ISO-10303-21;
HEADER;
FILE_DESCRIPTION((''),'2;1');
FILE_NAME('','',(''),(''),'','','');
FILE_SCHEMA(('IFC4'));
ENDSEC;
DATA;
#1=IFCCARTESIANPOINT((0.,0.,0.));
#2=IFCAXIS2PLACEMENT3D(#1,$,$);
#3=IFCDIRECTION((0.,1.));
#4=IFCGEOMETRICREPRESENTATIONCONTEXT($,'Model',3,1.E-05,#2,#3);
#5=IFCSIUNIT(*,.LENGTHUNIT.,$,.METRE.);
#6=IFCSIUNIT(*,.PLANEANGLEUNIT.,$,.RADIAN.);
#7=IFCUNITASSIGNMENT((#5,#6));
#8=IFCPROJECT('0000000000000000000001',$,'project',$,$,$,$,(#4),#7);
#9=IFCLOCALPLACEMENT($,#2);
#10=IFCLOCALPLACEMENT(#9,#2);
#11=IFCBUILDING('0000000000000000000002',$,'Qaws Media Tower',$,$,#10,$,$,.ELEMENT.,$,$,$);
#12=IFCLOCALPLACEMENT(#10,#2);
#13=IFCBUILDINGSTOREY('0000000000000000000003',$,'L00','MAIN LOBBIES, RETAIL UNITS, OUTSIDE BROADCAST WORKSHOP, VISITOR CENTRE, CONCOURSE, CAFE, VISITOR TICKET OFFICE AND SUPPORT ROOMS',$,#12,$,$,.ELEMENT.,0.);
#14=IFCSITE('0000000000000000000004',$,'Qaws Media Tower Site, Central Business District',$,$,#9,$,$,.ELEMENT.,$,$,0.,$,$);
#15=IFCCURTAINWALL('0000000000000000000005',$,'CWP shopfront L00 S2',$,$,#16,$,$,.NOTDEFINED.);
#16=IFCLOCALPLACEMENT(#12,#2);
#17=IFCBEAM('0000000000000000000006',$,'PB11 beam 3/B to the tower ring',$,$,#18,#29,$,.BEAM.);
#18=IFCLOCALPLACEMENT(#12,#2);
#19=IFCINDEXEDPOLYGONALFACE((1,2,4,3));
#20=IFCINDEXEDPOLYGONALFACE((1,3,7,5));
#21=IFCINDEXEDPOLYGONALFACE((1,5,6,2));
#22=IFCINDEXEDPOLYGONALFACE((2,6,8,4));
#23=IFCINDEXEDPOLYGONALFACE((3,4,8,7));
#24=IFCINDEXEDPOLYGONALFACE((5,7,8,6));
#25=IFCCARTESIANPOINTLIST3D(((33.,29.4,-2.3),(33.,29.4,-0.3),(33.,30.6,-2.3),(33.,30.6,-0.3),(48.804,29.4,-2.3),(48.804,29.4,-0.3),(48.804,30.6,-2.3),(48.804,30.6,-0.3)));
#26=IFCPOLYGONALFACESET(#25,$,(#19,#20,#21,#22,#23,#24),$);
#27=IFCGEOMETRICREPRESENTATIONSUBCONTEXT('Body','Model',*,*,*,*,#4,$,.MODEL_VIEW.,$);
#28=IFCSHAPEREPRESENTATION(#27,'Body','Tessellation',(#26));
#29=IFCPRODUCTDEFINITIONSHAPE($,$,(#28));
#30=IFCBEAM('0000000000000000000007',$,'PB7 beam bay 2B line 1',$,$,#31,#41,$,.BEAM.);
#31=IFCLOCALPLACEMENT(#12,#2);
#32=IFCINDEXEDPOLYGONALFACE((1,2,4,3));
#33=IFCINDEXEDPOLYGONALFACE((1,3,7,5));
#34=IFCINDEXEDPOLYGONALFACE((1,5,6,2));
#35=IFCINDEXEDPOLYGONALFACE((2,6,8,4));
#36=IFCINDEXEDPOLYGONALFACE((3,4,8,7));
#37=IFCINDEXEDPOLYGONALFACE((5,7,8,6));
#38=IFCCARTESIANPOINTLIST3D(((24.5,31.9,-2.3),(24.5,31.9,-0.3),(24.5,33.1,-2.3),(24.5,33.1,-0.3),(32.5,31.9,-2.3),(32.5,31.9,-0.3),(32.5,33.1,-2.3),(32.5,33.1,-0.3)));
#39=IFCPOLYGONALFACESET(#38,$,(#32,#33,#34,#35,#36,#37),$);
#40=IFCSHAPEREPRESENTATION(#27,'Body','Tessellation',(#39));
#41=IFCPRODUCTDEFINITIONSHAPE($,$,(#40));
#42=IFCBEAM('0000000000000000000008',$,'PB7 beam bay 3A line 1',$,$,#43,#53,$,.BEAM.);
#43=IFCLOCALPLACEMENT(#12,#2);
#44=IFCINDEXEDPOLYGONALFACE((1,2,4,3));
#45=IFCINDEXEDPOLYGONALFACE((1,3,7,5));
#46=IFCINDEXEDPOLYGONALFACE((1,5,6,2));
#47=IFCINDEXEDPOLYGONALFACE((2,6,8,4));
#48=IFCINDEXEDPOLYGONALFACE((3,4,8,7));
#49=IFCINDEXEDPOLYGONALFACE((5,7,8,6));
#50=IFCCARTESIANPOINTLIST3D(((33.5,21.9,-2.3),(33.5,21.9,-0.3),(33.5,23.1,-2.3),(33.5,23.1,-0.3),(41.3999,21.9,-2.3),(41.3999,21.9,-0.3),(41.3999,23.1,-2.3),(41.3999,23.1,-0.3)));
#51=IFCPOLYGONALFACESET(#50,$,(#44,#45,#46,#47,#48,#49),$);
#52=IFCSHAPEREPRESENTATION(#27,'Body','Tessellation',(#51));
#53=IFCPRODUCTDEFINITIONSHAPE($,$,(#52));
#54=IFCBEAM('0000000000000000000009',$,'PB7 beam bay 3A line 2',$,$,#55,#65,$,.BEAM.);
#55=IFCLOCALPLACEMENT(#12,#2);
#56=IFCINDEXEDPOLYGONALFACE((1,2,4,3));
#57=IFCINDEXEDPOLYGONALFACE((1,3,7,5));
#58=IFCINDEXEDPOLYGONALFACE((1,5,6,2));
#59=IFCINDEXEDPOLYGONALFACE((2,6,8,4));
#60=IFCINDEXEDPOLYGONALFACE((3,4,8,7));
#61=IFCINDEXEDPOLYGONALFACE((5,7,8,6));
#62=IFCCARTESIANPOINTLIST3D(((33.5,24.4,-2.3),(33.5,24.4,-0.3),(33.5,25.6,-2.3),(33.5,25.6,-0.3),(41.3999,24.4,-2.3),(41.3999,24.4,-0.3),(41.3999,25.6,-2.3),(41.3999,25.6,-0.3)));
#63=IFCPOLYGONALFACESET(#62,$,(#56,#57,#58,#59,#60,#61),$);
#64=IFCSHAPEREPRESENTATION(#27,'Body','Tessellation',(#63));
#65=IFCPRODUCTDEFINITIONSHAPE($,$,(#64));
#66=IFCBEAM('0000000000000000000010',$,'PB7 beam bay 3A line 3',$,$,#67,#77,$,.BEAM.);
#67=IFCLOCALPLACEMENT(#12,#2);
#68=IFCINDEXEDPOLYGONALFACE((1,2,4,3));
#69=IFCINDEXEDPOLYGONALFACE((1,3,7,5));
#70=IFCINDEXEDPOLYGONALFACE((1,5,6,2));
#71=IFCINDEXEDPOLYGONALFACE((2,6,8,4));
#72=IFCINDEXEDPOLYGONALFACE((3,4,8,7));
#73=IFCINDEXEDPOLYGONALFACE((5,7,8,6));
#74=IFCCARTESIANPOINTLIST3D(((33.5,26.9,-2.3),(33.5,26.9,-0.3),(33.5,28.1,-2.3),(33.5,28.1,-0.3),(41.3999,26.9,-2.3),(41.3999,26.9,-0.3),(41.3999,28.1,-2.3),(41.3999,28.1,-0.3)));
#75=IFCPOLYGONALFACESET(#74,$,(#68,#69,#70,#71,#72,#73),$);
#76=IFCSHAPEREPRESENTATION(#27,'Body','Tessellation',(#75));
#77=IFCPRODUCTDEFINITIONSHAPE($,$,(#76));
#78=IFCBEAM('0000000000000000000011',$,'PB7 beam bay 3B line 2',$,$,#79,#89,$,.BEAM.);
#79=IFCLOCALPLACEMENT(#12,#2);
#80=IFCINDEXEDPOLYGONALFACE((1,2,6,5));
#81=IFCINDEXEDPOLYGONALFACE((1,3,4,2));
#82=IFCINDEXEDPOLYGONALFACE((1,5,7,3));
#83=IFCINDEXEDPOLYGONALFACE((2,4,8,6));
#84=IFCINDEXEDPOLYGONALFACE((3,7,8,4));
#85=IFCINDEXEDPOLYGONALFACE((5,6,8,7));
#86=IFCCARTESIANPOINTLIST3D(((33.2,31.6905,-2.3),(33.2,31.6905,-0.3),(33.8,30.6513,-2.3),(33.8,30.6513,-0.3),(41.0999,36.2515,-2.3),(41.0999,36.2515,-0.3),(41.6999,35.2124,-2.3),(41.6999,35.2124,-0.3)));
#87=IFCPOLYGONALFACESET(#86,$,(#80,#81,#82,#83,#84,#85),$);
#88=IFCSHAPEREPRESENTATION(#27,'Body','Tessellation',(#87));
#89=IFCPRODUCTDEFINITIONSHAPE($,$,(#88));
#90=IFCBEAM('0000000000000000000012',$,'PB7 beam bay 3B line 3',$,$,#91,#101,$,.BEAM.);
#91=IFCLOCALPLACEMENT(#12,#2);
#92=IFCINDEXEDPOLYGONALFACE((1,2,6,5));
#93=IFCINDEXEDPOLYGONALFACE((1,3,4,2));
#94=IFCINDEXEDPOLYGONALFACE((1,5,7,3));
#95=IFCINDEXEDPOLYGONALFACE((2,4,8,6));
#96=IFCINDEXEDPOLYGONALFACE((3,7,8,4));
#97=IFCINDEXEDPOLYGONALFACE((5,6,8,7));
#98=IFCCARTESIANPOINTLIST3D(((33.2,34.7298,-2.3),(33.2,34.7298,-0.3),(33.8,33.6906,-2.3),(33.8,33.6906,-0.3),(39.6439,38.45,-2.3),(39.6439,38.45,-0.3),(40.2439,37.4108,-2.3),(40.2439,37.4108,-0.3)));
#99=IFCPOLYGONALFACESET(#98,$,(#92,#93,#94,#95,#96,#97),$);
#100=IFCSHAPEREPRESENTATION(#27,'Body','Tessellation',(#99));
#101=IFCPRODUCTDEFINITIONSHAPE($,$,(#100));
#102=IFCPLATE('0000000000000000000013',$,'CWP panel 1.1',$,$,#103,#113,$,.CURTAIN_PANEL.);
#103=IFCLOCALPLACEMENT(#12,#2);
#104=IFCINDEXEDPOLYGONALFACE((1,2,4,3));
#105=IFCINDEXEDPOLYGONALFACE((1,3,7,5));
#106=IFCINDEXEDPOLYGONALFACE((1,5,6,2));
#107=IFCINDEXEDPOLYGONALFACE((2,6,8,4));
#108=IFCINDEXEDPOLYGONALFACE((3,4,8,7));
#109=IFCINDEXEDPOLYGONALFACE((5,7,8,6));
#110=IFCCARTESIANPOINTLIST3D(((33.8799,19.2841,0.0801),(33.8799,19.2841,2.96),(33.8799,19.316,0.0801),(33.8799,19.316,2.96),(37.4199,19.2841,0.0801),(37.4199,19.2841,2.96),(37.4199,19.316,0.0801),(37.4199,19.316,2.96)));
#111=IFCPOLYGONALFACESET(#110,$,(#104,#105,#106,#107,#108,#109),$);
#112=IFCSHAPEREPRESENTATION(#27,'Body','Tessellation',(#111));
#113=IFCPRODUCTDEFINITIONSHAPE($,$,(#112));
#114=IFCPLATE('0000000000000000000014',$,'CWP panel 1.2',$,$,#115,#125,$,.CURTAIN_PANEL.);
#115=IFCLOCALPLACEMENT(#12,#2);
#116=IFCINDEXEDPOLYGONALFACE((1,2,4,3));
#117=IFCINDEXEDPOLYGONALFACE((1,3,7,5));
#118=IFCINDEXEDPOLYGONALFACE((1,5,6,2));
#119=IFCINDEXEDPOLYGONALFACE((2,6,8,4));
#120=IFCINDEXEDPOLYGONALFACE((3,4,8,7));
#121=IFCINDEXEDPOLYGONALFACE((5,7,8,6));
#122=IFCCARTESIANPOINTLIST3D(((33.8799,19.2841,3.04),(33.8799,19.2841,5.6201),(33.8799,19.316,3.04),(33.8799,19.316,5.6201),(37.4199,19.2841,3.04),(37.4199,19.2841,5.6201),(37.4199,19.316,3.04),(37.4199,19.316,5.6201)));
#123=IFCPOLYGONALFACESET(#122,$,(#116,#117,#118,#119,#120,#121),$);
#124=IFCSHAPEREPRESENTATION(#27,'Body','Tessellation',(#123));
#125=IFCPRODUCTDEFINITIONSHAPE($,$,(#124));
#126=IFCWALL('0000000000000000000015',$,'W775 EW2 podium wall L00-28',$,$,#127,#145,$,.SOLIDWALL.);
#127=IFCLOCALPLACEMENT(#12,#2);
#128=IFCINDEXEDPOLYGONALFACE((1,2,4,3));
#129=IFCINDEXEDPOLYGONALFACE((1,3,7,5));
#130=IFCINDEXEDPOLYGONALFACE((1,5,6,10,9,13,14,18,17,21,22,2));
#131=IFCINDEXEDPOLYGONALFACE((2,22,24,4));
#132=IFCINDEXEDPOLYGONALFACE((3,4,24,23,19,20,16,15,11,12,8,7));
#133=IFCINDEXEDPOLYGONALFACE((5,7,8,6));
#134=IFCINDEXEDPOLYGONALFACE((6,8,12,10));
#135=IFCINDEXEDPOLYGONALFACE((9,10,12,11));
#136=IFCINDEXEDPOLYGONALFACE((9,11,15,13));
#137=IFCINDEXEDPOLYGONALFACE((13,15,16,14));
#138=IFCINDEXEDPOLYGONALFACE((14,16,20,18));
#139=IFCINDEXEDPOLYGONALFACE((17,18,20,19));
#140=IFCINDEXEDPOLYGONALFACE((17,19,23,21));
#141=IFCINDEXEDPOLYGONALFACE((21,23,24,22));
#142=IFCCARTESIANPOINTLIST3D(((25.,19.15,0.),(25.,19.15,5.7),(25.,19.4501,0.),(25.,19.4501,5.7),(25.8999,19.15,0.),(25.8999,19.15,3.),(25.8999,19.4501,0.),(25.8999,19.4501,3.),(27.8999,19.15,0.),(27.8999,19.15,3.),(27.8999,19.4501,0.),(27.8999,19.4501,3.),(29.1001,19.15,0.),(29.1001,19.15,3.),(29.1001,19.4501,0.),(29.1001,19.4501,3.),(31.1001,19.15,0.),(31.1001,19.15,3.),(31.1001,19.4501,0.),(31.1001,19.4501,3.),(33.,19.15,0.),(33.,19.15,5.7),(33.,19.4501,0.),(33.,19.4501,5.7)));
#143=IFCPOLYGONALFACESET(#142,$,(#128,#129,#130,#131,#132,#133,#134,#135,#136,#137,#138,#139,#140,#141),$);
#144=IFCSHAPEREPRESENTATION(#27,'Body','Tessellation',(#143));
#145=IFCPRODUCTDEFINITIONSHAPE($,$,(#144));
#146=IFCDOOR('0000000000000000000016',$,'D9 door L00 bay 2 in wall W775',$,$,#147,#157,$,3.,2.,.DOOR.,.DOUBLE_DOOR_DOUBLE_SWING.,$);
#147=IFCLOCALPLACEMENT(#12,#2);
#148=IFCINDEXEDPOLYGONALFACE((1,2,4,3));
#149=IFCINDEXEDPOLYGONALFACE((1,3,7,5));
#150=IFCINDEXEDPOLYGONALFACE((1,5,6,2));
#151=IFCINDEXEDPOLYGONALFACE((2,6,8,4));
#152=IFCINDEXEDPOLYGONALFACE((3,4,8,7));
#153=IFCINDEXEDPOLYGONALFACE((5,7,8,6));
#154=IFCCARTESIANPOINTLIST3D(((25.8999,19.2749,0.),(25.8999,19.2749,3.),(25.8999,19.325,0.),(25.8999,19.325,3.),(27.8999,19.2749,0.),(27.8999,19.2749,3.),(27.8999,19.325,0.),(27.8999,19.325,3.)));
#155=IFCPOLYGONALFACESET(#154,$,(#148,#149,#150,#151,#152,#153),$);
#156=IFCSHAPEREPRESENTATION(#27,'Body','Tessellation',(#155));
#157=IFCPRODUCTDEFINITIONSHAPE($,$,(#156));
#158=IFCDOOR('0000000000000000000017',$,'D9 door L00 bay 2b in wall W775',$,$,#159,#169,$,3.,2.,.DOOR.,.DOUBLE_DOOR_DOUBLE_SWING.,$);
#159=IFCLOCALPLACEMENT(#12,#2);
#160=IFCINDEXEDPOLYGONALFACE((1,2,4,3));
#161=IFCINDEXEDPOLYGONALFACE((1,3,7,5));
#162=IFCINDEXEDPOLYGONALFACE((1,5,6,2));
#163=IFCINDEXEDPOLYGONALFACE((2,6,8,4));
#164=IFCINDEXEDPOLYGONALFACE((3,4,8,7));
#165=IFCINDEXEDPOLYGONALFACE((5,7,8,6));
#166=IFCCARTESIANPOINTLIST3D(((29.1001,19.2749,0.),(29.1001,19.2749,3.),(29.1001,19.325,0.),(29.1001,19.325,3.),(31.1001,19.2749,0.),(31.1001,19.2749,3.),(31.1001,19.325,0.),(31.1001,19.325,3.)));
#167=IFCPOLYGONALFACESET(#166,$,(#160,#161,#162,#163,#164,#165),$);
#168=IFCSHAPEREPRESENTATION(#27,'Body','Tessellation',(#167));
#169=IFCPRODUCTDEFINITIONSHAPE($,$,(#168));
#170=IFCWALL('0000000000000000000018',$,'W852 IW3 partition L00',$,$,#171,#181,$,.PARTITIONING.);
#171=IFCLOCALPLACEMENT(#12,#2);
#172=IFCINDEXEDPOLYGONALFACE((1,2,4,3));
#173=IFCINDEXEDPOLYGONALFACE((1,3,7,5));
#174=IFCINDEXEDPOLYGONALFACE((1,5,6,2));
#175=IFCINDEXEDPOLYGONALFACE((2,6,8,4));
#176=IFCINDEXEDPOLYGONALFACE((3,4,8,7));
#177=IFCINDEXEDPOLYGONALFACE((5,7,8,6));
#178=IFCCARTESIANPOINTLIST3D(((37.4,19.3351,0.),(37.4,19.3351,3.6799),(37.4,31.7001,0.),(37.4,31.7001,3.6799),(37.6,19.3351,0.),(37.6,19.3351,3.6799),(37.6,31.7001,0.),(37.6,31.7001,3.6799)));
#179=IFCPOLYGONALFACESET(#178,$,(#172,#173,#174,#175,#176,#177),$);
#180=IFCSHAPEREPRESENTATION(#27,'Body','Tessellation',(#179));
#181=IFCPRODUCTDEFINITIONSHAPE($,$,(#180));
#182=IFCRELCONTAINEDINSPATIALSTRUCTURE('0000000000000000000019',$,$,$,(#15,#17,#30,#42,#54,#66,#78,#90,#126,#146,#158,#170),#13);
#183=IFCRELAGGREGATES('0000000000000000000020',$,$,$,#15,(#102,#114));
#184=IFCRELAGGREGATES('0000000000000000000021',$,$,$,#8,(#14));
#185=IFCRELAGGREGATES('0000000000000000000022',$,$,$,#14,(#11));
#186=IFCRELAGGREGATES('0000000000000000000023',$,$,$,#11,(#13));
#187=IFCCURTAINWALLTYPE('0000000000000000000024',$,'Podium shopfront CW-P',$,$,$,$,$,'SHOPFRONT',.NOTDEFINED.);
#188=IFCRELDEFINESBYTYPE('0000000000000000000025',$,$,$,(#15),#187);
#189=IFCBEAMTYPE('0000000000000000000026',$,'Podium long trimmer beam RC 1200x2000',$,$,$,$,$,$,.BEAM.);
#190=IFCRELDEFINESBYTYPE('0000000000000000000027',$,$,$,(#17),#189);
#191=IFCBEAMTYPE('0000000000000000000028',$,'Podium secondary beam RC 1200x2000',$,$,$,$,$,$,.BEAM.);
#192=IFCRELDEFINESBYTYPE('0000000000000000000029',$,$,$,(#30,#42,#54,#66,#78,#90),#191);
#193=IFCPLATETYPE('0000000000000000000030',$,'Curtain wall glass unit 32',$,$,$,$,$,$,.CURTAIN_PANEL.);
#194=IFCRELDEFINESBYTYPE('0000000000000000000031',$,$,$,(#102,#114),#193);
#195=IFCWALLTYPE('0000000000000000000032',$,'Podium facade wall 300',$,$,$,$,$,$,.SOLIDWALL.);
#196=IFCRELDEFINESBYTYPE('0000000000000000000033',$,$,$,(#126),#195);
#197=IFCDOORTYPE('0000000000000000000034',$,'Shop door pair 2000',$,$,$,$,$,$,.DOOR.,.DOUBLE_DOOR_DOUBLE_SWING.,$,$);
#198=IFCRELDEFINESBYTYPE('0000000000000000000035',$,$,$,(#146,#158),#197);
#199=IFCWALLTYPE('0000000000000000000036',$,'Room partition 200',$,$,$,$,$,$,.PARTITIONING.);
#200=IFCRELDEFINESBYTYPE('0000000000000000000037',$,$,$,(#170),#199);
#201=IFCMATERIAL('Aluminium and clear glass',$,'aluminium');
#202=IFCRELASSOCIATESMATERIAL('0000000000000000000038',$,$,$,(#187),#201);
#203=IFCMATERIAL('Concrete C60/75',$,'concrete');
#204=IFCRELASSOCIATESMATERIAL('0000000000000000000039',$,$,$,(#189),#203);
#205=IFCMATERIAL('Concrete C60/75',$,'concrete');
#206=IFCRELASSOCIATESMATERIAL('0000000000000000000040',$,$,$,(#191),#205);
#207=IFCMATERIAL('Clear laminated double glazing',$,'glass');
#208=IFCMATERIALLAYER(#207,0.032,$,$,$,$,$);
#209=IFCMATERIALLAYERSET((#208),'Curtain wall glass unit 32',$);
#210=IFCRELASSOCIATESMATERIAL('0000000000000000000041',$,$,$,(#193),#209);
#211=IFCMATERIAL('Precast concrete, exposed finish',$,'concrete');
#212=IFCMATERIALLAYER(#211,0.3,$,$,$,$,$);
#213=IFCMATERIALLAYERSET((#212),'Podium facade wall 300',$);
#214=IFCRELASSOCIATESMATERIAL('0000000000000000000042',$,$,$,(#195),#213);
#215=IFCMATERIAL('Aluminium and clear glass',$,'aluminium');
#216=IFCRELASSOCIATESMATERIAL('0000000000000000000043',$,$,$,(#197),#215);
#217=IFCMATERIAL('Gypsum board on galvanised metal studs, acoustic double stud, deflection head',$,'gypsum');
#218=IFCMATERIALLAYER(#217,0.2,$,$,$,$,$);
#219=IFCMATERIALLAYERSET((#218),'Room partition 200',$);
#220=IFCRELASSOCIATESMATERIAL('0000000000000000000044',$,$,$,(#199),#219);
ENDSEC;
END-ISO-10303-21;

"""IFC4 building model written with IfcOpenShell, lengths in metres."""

from ifc_helpers import new_model, si_unit, direction, frame, frame_2d, origin, origin_2d, place, context, subcontext, project, spatial, rectangle, extrude, material, layer, layer_set, material_profile, profile_set, type_object, element, fill, aggregate, save


model = new_model("IFC4")

# Units and contexts
model_context = context("Model", 3, precision=1e-05, world=origin(), true_north=direction((0.0, 1.0)))
body_context = subcontext(model_context, "Body", "Model", "MODEL_VIEW")
ifc_project = project(units=[si_unit("LENGTHUNIT", "METRE"), si_unit("PLANEANGLEUNIT", "RADIAN")], contexts=[model_context])

# Site, building, storey
site_placement = place(None, origin())
site = spatial("IfcSite", under=ifc_project, at=site_placement, Name="Qaws Media Tower Site, Central Business District", CompositionType="ELEMENT", RefElevation=0.0)
building_placement = place(site_placement, origin())
building = spatial("IfcBuilding", under=site, at=building_placement, Name="Qaws Media Tower", CompositionType="ELEMENT")
storey_placement = place(building_placement, origin())
storey = spatial("IfcBuildingStorey", under=building, at=storey_placement, Name="L00", Description="MAIN LOBBIES, RETAIL UNITS, OUTSIDE BROADCAST WORKSHOP, VISITOR CENTRE, CONCOURSE, CAFE, VISITOR TICKET OFFICE AND SUPPORT ROOMS", CompositionType="ELEMENT", Elevation=0.0)

# Curtain wall
ifc_material_1 = material(Name="Aluminium and clear glass", Category="aluminium")
curtain_wall_type = type_object("IfcCurtainWallType", Name="Podium shopfront CW-P", ElementType="SHOPFRONT", PredefinedType="NOTDEFINED", material=ifc_material_1)
curtain_wall_1_placement = place(storey_placement, origin())
curtain_wall_1 = element("IfcCurtainWall", 1, at=curtain_wall_1_placement, inside=storey, type_object=curtain_wall_type, Name="CWP shopfront L00 S2", PredefinedType="NOTDEFINED")

# Beams
ifc_material_2 = material(Name="Concrete C60/75", Category="concrete")
ifc_material_profile_1 = material_profile(ifc_material_2, rectangle(XDim=1.2, YDim=2.0, at=origin_2d()), Name="RC 1200x2000")
ifc_profile_set_1 = profile_set([ifc_material_profile_1], Name="Concrete C60/75")
beam_type_1 = type_object("IfcBeamType", Name="Podium long trimmer beam RC 1200x2000", PredefinedType="BEAM", material=ifc_profile_set_1)
beam_1_placement = place(storey_placement, frame((33.0, 30.0, -1.3), z_axis=(1.0, 0.0, 0.0), x_axis=(0.0, 1.0, 0.0)))
element("IfcBeam", 2, at=beam_1_placement, inside=storey, type_object=beam_type_1, Name="PB11 beam 3/B to the tower ring", PredefinedType="BEAM", context=body_context, shape_type="SweptSolid", body=[
    extrude(rectangle(XDim=1.2, YDim=2.0, at=origin_2d()), origin(), (0.0, 0.0, 1.0), 15.804),
])
ifc_material_3 = material(Name="Concrete C60/75", Category="concrete")
ifc_material_profile_2 = material_profile(ifc_material_3, rectangle(XDim=1.2, YDim=2.0, at=origin_2d()), Name="RC 1200x2000")
ifc_profile_set_2 = profile_set([ifc_material_profile_2], Name="Concrete C60/75")
beam_type_2 = type_object("IfcBeamType", Name="Podium secondary beam RC 1200x2000", PredefinedType="BEAM", material=ifc_profile_set_2)
beam_2_placement = place(storey_placement, frame((24.5, 32.5, -1.3), z_axis=(1.0, 0.0, 0.0), x_axis=(0.0, 1.0, 0.0)))
element("IfcBeam", 3, at=beam_2_placement, inside=storey, type_object=beam_type_2, Name="PB7 beam bay 2B line 1", PredefinedType="BEAM", context=body_context, shape_type="SweptSolid", body=[
    extrude(rectangle(XDim=1.2, YDim=2.0, at=origin_2d()), origin(), (0.0, 0.0, 1.0), 8.0),
])
for number, where, z_axis, x_axis, name in (
    (4, (33.5, 22.5, -1.3), (1.0, 0.0, 0.0), (0.0, 1.0, 0.0), "PB7 beam bay 3A line 1"),
    (5, (33.5, 25.0, -1.3), (1.0, 0.0, 0.0), (0.0, 1.0, 0.0), "PB7 beam bay 3A line 2"),
    (6, (33.5, 27.5, -1.3), (1.0, 0.0, 0.0), (0.0, 1.0, 0.0), "PB7 beam bay 3A line 3"),
):
    element("IfcBeam", number, at=place(storey_placement, frame(where, z_axis=z_axis, x_axis=x_axis)), inside=storey, type_object=beam_type_2, Name=name, PredefinedType="BEAM", context=body_context, shape_type="SweptSolid", body=[
        extrude(rectangle(XDim=1.2, YDim=2.0, at=origin_2d()), origin(), (0.0, 0.0, 1.0), 7.8999),
    ])
beam_3_placement = place(storey_placement, frame((33.5, 31.1709, -1.3), z_axis=(0.866024, 0.500002, 0.0), x_axis=(-0.500002, 0.866024, 0.0)))
element("IfcBeam", 7, at=beam_3_placement, inside=storey, type_object=beam_type_2, Name="PB7 beam bay 3B line 2", PredefinedType="BEAM", context=body_context, shape_type="SweptSolid", body=[
    extrude(rectangle(XDim=1.2, YDim=2.0, at=origin_2d()), origin(), (0.0, 0.0, 1.0), 9.1221),
])
beam_4_placement = place(storey_placement, frame((33.5, 34.2102, -1.3), z_axis=(0.866034, 0.499986, 0.0), x_axis=(-0.499986, 0.866034, 0.0)))
element("IfcBeam", 8, at=beam_4_placement, inside=storey, type_object=beam_type_2, Name="PB7 beam bay 3B line 3", PredefinedType="BEAM", context=body_context, shape_type="SweptSolid", body=[
    extrude(rectangle(XDim=1.2, YDim=2.0, at=origin_2d()), origin(), (0.0, 0.0, 1.0), 7.4407),
])

# Plates
ifc_material_4 = material(Name="Clear laminated double glazing", Category="glass")
ifc_layer_1 = layer(ifc_material_4, 0.032)
ifc_layer_set_1 = layer_set([ifc_layer_1], Name="Curtain wall glass unit 32")
plate_type = type_object("IfcPlateType", Name="Curtain wall glass unit 32", PredefinedType="CURTAIN_PANEL", material=ifc_layer_set_1)
plate_1_placement = place(storey_placement, frame((35.6499, 19.3, 0.0801), z_axis=(0.0, 0.0, 1.0), x_axis=(1.0, 0.0, 0.0)))
plate_1 = element("IfcPlate", 9, at=plate_1_placement, type_object=plate_type, Name="CWP panel 1.1", PredefinedType="CURTAIN_PANEL", context=body_context, shape_type="SweptSolid", body=[
    extrude(rectangle(XDim=3.54, YDim=0.032, at=origin_2d()), origin(), (0.0, 0.0, 1.0), 2.8799),
])
plate_2_placement = place(storey_placement, frame((35.6499, 19.3, 3.04), z_axis=(0.0, 0.0, 1.0), x_axis=(1.0, 0.0, 0.0)))
plate_2 = element("IfcPlate", 10, at=plate_2_placement, type_object=plate_type, Name="CWP panel 1.2", PredefinedType="CURTAIN_PANEL", context=body_context, shape_type="SweptSolid", body=[
    extrude(rectangle(XDim=3.54, YDim=0.032, at=origin_2d()), origin(), (0.0, 0.0, 1.0), 2.5801),
])
aggregate(curtain_wall_1, [plate_1, plate_2])

# Wall, openings, doors
ifc_material_5 = material(Name="Precast concrete, exposed finish", Category="concrete")
ifc_layer_2 = layer(ifc_material_5, 0.3)
ifc_layer_set_2 = layer_set([ifc_layer_2], Name="Podium facade wall 300")
wall_type_1 = type_object("IfcWallType", Name="Podium facade wall 300", PredefinedType="SOLIDWALL", material=ifc_layer_set_2)
wall_1_placement = place(storey_placement, frame((25.0, 19.3, 0.0), z_axis=(0.0, 0.0, 1.0), x_axis=(1.0, 0.0, 0.0)))
wall_1 = element("IfcWall", 11, at=wall_1_placement, inside=storey, type_object=wall_type_1, Name="W775 EW2 podium wall L00-28", PredefinedType="SOLIDWALL", context=body_context, shape_type="SweptSolid", body=[
    extrude(rectangle(XDim=8.0, YDim=0.3, at=frame_2d((4.0, 0.0))), origin(), (0.0, 0.0, 1.0), 5.7),
])
opening_1_placement = place(wall_1_placement, frame((0.8999, 0.0, 0.0)))
opening_1 = element("IfcOpeningElement", 12, at=opening_1_placement, cuts=wall_1, PredefinedType="OPENING", context=body_context, shape_type="SweptSolid", body=[
    extrude(rectangle(XDim=2.0, YDim=3.0, at=frame_2d((1.0, 1.5))), frame((0.0, 0.1599, 0.0), z_axis=(0.0, -1.0, 0.0), x_axis=(1.0, 0.0, 0.0)), (0.0, 0.0, 1.0), 0.3201),
])
opening_2_placement = place(wall_1_placement, frame((4.1001, 0.0, 0.0)))
opening_2 = element("IfcOpeningElement", 13, at=opening_2_placement, cuts=wall_1, PredefinedType="OPENING", context=body_context, shape_type="SweptSolid", body=[
    extrude(rectangle(XDim=2.0, YDim=3.0, at=frame_2d((1.0, 1.5))), frame((0.0, 0.1599, 0.0), z_axis=(0.0, -1.0, 0.0), x_axis=(1.0, 0.0, 0.0)), (0.0, 0.0, 1.0), 0.3201),
])
ifc_material_6 = material(Name="Aluminium and clear glass", Category="aluminium")
door_type_1 = type_object("IfcDoorType", Name="Shop door pair 2000", OperationType="DOUBLE_DOOR_DOUBLE_SWING", PredefinedType="DOOR", material=ifc_material_6)
door_1_placement = place(opening_1_placement, origin())
door_1 = element("IfcDoor", 14, at=door_1_placement, inside=storey, type_object=door_type_1, Name="D9 door L00 bay 2 in wall W775", OperationType="DOUBLE_DOOR_DOUBLE_SWING", OverallHeight=3.0, OverallWidth=2.0, PredefinedType="DOOR", context=body_context, shape_type="SweptSolid", body=[
    extrude(rectangle(XDim=2.0, YDim=3.0, at=frame_2d((1.0, 1.5))), frame((0.0, 0.0249, 0.0), z_axis=(0.0, -1.0, 0.0), x_axis=(1.0, 0.0, 0.0)), (0.0, 0.0, 1.0), 0.05),
])
fill(opening_1, door_1)
door_2_placement = place(opening_2_placement, origin())
door_2 = element("IfcDoor", 15, at=door_2_placement, inside=storey, type_object=door_type_1, Name="D9 door L00 bay 2b in wall W775", OperationType="DOUBLE_DOOR_DOUBLE_SWING", OverallHeight=3.0, OverallWidth=2.0, PredefinedType="DOOR", context=body_context, shape_type="SweptSolid", body=[
    extrude(rectangle(XDim=2.0, YDim=3.0, at=frame_2d((1.0, 1.5))), frame((0.0, 0.0249, 0.0), z_axis=(0.0, -1.0, 0.0), x_axis=(1.0, 0.0, 0.0)), (0.0, 0.0, 1.0), 0.05),
])
fill(opening_2, door_2)

# Wall
ifc_material_7 = material(Name="Gypsum board on galvanised metal studs, acoustic double stud, deflection head", Category="gypsum")
ifc_layer_3 = layer(ifc_material_7, 0.2)
ifc_layer_set_3 = layer_set([ifc_layer_3], Name="Room partition 200")
wall_type_2 = type_object("IfcWallType", Name="Room partition 200", PredefinedType="PARTITIONING", material=ifc_layer_set_3)
wall_2_placement = place(storey_placement, frame((37.5, 19.335, 0.0), z_axis=(0.0, 0.0, 1.0), x_axis=(0.0, 1.0, 0.0)))
element("IfcWall", 16, at=wall_2_placement, inside=storey, type_object=wall_type_2, Name="W852 IW3 partition L00", PredefinedType="PARTITIONING", context=body_context, shape_type="SweptSolid", body=[
    extrude(rectangle(XDim=12.365, YDim=0.2, at=frame_2d((6.1826, 0.0))), origin(), (0.0, 0.0, 1.0), 3.6799),
])

save(model, "model.ifc")
